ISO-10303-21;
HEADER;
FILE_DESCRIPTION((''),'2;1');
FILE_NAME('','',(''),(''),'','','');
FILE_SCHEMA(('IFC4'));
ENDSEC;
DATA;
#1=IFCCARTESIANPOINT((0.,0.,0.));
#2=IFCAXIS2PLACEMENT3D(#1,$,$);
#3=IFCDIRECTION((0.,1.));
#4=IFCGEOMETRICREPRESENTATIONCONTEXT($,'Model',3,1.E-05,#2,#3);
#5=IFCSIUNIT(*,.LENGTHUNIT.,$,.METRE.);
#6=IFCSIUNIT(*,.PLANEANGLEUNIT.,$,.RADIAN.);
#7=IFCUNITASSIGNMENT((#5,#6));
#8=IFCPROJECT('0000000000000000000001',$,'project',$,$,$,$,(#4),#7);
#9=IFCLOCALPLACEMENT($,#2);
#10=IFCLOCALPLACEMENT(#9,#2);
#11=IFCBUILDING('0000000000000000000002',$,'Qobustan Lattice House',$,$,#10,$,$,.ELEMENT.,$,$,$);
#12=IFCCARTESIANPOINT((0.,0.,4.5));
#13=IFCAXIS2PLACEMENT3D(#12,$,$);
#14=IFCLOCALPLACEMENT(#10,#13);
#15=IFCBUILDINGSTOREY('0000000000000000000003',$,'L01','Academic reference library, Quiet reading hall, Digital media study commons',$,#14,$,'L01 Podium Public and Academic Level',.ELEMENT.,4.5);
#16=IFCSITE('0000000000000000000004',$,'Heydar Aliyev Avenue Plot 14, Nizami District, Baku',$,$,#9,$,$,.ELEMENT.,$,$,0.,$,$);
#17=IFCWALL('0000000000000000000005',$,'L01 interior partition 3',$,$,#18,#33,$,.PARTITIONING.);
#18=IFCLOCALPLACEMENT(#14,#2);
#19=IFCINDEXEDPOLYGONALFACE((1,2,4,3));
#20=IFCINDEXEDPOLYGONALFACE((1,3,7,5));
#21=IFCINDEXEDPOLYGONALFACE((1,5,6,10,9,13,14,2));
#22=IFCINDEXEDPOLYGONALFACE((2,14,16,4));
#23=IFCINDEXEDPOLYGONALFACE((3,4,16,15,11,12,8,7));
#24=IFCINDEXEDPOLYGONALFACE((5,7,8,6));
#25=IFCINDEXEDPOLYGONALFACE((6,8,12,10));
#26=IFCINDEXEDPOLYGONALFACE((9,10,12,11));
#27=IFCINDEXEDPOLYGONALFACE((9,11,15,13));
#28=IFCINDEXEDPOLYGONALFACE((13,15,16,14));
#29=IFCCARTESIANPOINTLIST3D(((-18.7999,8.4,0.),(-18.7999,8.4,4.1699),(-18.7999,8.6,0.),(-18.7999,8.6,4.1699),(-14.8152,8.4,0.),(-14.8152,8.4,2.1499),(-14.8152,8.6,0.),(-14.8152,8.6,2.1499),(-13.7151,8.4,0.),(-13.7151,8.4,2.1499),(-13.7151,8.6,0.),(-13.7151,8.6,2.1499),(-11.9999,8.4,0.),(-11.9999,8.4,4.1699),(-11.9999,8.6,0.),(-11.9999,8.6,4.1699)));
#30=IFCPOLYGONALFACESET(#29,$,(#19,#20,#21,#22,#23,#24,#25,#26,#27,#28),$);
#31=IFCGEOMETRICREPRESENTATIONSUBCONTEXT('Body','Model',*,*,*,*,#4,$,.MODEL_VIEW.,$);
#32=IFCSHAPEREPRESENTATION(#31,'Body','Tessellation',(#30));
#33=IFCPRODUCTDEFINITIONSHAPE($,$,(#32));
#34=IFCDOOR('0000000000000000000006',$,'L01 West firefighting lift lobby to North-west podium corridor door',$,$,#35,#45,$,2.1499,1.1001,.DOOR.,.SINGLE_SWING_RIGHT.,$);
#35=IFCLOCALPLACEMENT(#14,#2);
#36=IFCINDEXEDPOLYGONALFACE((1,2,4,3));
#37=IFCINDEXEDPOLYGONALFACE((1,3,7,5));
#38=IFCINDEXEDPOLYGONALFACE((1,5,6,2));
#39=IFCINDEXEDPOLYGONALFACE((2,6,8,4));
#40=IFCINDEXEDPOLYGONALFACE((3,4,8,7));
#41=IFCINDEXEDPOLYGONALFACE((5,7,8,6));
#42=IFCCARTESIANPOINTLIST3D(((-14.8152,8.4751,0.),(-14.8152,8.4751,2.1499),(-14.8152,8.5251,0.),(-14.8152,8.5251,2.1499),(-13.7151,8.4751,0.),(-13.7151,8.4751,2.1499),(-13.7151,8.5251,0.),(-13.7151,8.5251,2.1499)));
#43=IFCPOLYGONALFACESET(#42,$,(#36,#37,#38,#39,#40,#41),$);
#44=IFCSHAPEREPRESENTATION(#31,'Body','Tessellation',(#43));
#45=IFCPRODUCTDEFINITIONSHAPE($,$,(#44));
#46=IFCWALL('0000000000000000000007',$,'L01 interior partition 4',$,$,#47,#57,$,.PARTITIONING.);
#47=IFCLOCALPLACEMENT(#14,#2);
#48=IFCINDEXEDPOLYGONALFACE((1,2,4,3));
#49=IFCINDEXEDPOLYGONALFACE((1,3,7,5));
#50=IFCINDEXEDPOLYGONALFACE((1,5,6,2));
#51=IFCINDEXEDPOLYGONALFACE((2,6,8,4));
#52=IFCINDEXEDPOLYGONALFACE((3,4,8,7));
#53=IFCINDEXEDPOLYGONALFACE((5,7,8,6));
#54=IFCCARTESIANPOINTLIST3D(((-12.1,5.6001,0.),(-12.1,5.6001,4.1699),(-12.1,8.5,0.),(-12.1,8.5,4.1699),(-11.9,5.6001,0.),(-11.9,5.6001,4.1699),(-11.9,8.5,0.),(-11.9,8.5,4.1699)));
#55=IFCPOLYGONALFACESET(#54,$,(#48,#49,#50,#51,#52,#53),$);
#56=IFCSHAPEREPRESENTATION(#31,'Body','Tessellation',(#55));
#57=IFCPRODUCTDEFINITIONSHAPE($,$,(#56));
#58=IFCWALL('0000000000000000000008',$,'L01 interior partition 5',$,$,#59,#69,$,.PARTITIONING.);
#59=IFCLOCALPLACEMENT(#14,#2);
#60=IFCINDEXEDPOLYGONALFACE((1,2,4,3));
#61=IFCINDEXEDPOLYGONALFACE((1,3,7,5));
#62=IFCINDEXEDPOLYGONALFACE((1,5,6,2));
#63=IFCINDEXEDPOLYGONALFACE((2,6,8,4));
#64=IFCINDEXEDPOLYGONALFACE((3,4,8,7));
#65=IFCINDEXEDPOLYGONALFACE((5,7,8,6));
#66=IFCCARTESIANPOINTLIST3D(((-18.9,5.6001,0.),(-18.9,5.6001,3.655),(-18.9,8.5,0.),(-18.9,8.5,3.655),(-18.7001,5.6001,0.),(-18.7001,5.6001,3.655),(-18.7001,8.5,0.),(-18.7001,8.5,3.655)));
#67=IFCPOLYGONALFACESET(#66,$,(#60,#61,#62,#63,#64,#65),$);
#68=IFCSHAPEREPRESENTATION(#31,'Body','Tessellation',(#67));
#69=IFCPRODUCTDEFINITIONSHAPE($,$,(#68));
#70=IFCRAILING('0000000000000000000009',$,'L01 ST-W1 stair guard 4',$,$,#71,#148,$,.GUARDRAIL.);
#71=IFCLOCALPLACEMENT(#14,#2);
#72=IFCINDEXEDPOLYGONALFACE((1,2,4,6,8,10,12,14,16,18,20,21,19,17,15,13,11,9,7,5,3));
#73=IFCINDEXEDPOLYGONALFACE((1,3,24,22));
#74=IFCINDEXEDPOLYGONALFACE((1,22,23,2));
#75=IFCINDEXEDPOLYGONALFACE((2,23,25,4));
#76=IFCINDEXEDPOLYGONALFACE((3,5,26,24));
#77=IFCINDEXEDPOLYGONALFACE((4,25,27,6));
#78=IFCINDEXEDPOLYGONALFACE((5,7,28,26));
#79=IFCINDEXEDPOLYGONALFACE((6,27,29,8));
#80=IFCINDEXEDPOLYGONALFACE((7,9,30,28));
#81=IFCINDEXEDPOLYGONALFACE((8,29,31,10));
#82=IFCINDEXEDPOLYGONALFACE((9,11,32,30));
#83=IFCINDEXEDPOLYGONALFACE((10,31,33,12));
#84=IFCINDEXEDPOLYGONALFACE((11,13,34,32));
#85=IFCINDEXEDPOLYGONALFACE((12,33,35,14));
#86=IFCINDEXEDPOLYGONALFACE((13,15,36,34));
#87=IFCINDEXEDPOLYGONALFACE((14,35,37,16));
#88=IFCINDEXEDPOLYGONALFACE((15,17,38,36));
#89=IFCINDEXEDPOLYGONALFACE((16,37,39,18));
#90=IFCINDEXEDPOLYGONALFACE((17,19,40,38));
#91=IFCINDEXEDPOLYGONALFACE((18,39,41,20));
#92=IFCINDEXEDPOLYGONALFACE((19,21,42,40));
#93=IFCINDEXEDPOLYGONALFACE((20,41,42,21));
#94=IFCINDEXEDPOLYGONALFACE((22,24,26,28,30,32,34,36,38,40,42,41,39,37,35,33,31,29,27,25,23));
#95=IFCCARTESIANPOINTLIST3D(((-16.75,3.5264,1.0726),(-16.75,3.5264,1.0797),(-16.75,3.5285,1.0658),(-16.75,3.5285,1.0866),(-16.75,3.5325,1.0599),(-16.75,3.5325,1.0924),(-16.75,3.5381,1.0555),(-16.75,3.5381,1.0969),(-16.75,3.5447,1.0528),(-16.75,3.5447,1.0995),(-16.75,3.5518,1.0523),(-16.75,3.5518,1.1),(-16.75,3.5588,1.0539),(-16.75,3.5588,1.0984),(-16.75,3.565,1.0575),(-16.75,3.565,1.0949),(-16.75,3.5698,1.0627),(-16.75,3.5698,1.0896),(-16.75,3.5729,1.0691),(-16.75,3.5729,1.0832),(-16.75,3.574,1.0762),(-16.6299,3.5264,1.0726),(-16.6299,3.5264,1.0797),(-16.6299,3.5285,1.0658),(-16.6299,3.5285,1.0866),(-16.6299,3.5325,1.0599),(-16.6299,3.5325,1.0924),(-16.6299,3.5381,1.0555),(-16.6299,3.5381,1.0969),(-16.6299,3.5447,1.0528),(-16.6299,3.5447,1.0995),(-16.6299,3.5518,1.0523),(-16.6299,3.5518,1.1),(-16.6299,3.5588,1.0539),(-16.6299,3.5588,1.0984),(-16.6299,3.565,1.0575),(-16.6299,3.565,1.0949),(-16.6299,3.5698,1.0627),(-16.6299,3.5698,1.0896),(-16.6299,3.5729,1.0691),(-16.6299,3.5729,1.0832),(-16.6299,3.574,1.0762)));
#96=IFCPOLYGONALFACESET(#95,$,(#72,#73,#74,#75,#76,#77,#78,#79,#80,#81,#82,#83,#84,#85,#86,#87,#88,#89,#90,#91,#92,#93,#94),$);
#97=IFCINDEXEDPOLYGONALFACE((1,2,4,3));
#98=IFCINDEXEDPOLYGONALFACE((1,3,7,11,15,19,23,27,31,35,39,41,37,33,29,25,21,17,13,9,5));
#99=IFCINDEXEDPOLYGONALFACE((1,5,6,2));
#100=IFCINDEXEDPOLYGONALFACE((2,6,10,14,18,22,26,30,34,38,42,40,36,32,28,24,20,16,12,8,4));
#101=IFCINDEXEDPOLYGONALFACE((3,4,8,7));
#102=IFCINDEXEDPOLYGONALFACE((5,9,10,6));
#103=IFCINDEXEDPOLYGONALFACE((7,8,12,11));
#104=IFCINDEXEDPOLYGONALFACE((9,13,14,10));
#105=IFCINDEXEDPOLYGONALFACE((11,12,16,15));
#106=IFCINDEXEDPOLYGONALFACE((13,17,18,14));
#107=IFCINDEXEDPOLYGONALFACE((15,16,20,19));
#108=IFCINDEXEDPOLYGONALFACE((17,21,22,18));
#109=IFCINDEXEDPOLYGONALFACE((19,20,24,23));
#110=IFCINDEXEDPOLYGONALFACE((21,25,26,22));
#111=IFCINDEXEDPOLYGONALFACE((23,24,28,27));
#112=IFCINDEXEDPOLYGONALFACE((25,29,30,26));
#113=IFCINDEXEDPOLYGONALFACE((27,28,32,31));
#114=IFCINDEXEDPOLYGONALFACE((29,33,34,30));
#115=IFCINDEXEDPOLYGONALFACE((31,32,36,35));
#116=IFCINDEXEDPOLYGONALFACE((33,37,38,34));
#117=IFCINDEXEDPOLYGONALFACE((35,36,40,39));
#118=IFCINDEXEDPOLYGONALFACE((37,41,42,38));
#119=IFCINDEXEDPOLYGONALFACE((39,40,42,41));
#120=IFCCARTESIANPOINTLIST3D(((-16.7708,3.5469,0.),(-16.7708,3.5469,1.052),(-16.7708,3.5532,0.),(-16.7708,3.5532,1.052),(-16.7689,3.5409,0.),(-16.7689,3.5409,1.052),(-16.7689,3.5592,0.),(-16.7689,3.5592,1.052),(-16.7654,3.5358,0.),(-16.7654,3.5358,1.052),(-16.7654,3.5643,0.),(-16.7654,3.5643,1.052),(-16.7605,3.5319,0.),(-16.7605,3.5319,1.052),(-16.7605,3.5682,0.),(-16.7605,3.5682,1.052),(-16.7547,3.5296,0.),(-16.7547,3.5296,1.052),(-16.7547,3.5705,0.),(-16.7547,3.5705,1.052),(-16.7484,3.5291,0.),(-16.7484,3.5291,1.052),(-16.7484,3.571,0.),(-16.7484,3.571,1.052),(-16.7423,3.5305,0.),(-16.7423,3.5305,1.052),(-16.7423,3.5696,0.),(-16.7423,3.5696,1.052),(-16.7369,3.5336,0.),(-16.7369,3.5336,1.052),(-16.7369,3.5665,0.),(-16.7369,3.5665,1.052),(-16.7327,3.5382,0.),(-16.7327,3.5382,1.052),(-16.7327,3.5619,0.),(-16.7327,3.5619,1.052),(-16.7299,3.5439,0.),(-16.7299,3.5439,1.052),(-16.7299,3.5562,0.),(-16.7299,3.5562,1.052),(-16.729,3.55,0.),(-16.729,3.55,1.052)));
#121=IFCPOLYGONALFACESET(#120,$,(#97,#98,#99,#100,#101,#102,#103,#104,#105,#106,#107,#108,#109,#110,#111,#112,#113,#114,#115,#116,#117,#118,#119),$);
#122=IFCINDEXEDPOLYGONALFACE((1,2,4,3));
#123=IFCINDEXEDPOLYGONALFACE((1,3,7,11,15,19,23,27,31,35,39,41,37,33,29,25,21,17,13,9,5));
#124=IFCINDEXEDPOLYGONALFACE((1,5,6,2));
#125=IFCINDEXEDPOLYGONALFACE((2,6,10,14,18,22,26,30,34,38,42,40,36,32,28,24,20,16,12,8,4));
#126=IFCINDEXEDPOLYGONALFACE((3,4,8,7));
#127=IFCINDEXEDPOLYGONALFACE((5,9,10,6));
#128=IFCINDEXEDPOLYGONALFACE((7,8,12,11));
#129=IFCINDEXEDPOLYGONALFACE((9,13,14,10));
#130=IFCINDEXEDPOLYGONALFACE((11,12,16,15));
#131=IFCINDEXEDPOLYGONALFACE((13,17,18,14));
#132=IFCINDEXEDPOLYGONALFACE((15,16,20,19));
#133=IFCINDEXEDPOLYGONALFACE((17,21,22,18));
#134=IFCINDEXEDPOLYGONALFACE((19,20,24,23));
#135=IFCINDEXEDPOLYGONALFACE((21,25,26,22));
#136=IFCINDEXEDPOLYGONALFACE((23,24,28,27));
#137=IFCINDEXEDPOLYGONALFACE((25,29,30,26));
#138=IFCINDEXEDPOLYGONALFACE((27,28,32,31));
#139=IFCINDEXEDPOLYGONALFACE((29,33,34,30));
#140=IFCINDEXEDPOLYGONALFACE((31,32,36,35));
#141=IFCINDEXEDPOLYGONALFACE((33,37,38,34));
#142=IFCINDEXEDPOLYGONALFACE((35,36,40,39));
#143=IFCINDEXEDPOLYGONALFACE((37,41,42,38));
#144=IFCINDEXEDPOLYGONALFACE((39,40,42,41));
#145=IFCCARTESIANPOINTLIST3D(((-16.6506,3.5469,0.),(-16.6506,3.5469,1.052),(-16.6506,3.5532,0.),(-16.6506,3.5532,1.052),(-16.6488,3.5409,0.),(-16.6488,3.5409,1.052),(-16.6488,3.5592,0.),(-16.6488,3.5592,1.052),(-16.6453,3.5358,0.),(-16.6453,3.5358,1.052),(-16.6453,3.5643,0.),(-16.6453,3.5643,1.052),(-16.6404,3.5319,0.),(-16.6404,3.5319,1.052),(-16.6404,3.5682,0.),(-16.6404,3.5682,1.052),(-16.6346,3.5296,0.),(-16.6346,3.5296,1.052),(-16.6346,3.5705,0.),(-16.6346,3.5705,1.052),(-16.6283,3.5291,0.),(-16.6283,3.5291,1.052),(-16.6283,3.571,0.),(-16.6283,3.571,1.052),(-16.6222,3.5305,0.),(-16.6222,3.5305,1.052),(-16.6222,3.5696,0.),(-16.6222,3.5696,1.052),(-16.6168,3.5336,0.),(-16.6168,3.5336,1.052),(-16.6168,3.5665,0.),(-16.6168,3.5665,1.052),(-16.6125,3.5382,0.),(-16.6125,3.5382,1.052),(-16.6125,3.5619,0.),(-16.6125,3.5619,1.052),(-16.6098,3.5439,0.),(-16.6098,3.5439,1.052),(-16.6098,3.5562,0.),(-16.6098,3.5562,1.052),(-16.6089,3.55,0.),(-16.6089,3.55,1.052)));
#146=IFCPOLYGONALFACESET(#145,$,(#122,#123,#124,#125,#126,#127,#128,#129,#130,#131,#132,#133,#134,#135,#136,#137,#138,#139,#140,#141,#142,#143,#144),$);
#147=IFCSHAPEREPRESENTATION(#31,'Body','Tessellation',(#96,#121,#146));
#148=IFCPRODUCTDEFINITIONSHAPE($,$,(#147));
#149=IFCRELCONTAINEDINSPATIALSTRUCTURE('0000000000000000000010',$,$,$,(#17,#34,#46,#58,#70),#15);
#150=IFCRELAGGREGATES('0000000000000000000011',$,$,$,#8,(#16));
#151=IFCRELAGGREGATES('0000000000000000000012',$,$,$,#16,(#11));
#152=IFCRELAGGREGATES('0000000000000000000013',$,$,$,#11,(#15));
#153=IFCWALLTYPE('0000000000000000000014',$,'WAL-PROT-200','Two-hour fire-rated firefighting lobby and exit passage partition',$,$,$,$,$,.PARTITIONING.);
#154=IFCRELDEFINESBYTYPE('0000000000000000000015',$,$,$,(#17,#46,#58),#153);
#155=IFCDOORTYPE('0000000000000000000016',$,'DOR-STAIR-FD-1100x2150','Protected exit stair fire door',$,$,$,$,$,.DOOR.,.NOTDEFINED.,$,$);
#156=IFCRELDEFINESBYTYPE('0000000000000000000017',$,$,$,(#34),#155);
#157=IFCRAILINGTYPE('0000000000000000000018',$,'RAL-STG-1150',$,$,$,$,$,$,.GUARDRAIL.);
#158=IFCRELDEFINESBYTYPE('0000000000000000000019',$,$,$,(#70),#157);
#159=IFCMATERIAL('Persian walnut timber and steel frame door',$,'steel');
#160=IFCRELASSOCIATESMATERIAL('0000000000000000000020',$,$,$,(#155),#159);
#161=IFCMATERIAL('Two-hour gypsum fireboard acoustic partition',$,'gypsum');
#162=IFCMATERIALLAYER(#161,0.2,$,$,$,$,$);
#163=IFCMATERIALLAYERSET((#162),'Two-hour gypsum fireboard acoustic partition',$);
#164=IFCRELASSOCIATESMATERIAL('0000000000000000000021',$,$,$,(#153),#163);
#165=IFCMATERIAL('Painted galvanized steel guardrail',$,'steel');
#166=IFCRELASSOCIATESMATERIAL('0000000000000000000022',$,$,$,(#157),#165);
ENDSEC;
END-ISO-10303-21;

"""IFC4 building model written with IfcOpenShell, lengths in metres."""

from ifc_helpers import new_model, si_unit, direction, frame, frame_2d, origin, origin_2d, place, context, subcontext, project, spatial, rectangle, circle, extrude, material, layer, layer_set, type_object, element, fill, save


model = new_model("IFC4")

# Units and contexts
model_context = context("Model", 3, precision=1e-05, world=origin(), true_north=direction((0.0, 1.0)))
body_context = subcontext(model_context, "Body", "Model", "MODEL_VIEW")
ifc_project = project(units=[si_unit("LENGTHUNIT", "METRE"), si_unit("PLANEANGLEUNIT", "RADIAN")], contexts=[model_context])

# Site, building, storey
site_placement = place(None, origin())
site = spatial("IfcSite", under=ifc_project, at=site_placement, Name="Heydar Aliyev Avenue Plot 14, Nizami District, Baku", CompositionType="ELEMENT", RefElevation=0.0)
building_placement = place(site_placement, origin())
building = spatial("IfcBuilding", under=site, at=building_placement, Name="Qobustan Lattice House", CompositionType="ELEMENT")
storey_placement = place(building_placement, frame((0.0, 0.0, 4.5)))
storey = spatial("IfcBuildingStorey", under=building, at=storey_placement, Name="L01", Description="Academic reference library, Quiet reading hall, Digital media study commons", LongName="L01 Podium Public and Academic Level", CompositionType="ELEMENT", Elevation=4.5)

# Shared definitions
ifc_material_1 = material(Name="Persian walnut timber and steel frame door", Category="steel")
door_type_1 = type_object("IfcDoorType", Name="DOR-STAIR-FD-1100x2150", Description="Protected exit stair fire door", OperationType="NOTDEFINED", PredefinedType="DOOR", material=ifc_material_1)

# Wall, opening, door
ifc_material_2 = material(Name="Two-hour gypsum fireboard acoustic partition", Category="gypsum")
ifc_layer_1 = layer(ifc_material_2, 0.2)
ifc_layer_set_1 = layer_set([ifc_layer_1], Name="Two-hour gypsum fireboard acoustic partition")
wall_type_1 = type_object("IfcWallType", Name="WAL-PROT-200", Description="Two-hour fire-rated firefighting lobby and exit passage partition", PredefinedType="PARTITIONING", material=ifc_layer_set_1)
wall_1_placement = place(storey_placement, frame((-12.0, 8.5, 0.0), z_axis=(0.0, 0.0, 1.0), x_axis=(-1.0, 0.0, 0.0)))
wall_1 = element("IfcWall", 1, at=wall_1_placement, inside=storey, type_object=wall_type_1, Name="L01 interior partition 3", PredefinedType="PARTITIONING", context=body_context, shape_type="SweptSolid", body=[
    extrude(rectangle(XDim=6.8, YDim=0.2, at=frame_2d((3.3999, 0.0))), origin(), (0.0, 0.0, 1.0), 4.1699),
])
opening_1_placement = place(wall_1_placement, frame((1.7151, 0.0, 0.0)))
opening_1 = element("IfcOpeningElement", 2, at=opening_1_placement, cuts=wall_1, PredefinedType="OPENING", context=body_context, shape_type="SweptSolid", body=[
    extrude(rectangle(XDim=1.1001, YDim=2.1499, at=frame_2d((0.55, 1.075))), frame((0.0, 0.1099, 0.0), z_axis=(0.0, -1.0, 0.0), x_axis=(1.0, 0.0, 0.0)), (0.0, 0.0, 1.0), 0.22),
])
door_1_placement = place(opening_1_placement, origin())
door_1 = element("IfcDoor", 3, at=door_1_placement, inside=storey, type_object=door_type_1, Name="L01 West firefighting lift lobby to North-west podium corridor door", OperationType="SINGLE_SWING_RIGHT", OverallHeight=2.1499, OverallWidth=1.1001, PredefinedType="DOOR", context=body_context, shape_type="SweptSolid", body=[
    extrude(rectangle(XDim=1.1001, YDim=2.1499, at=frame_2d((0.55, 1.075))), frame((0.0, 0.0249, 0.0), z_axis=(0.0, -1.0, 0.0), x_axis=(1.0, 0.0, 0.0)), (0.0, 0.0, 1.0), 0.05),
])
fill(opening_1, door_1)

# Walls
wall_2_placement = place(storey_placement, frame((-12.0, 5.6001, 0.0), z_axis=(0.0, 0.0, 1.0), x_axis=(0.0, 1.0, 0.0)))
element("IfcWall", 4, at=wall_2_placement, inside=storey, type_object=wall_type_1, Name="L01 interior partition 4", PredefinedType="PARTITIONING", context=body_context, shape_type="SweptSolid", body=[
    extrude(rectangle(XDim=2.8999, YDim=0.2, at=frame_2d((1.45, 0.0))), origin(), (0.0, 0.0, 1.0), 4.1699),
])
wall_3_placement = place(storey_placement, frame((-18.8, 8.5, 0.0), z_axis=(0.0, 0.0, 1.0), x_axis=(0.0, -1.0, 0.0)))
element("IfcWall", 5, at=wall_3_placement, inside=storey, type_object=wall_type_1, Name="L01 interior partition 5", PredefinedType="PARTITIONING", context=body_context, shape_type="SweptSolid", body=[
    extrude(rectangle(XDim=2.8999, YDim=0.2, at=frame_2d((1.45, 0.0))), origin(), (0.0, 0.0, 1.0), 3.655),
])

# Railing
ifc_material_3 = material(Name="Painted galvanized steel guardrail", Category="steel")
railing_type = type_object("IfcRailingType", Name="RAL-STG-1150", PredefinedType="GUARDRAIL", material=ifc_material_3)
railing_placement = place(storey_placement, frame((-16.75, 3.55, 0.0)))
element("IfcRailing", 6, at=railing_placement, inside=storey, type_object=railing_type, Name="L01 ST-W1 stair guard 4", PredefinedType="GUARDRAIL", context=body_context, shape_type="SweptSolid", body=[
    extrude(circle(Radius=0.0239, at=origin_2d()), frame((0.0, 0.0, 1.0762), z_axis=(1.0, 0.0, 0.0), x_axis=(0.0, 1.0, 0.0)), (0.0, 0.0, 1.0), 0.1201),
    extrude(circle(Radius=0.021, at=origin_2d()), origin(), (0.0, 0.0, 1.0), 1.052),
    extrude(circle(Radius=0.021, at=origin_2d()), frame((0.1201, 0.0, 0.0)), (0.0, 0.0, 1.0), 1.052),
])

save(model, "model.ifc")
